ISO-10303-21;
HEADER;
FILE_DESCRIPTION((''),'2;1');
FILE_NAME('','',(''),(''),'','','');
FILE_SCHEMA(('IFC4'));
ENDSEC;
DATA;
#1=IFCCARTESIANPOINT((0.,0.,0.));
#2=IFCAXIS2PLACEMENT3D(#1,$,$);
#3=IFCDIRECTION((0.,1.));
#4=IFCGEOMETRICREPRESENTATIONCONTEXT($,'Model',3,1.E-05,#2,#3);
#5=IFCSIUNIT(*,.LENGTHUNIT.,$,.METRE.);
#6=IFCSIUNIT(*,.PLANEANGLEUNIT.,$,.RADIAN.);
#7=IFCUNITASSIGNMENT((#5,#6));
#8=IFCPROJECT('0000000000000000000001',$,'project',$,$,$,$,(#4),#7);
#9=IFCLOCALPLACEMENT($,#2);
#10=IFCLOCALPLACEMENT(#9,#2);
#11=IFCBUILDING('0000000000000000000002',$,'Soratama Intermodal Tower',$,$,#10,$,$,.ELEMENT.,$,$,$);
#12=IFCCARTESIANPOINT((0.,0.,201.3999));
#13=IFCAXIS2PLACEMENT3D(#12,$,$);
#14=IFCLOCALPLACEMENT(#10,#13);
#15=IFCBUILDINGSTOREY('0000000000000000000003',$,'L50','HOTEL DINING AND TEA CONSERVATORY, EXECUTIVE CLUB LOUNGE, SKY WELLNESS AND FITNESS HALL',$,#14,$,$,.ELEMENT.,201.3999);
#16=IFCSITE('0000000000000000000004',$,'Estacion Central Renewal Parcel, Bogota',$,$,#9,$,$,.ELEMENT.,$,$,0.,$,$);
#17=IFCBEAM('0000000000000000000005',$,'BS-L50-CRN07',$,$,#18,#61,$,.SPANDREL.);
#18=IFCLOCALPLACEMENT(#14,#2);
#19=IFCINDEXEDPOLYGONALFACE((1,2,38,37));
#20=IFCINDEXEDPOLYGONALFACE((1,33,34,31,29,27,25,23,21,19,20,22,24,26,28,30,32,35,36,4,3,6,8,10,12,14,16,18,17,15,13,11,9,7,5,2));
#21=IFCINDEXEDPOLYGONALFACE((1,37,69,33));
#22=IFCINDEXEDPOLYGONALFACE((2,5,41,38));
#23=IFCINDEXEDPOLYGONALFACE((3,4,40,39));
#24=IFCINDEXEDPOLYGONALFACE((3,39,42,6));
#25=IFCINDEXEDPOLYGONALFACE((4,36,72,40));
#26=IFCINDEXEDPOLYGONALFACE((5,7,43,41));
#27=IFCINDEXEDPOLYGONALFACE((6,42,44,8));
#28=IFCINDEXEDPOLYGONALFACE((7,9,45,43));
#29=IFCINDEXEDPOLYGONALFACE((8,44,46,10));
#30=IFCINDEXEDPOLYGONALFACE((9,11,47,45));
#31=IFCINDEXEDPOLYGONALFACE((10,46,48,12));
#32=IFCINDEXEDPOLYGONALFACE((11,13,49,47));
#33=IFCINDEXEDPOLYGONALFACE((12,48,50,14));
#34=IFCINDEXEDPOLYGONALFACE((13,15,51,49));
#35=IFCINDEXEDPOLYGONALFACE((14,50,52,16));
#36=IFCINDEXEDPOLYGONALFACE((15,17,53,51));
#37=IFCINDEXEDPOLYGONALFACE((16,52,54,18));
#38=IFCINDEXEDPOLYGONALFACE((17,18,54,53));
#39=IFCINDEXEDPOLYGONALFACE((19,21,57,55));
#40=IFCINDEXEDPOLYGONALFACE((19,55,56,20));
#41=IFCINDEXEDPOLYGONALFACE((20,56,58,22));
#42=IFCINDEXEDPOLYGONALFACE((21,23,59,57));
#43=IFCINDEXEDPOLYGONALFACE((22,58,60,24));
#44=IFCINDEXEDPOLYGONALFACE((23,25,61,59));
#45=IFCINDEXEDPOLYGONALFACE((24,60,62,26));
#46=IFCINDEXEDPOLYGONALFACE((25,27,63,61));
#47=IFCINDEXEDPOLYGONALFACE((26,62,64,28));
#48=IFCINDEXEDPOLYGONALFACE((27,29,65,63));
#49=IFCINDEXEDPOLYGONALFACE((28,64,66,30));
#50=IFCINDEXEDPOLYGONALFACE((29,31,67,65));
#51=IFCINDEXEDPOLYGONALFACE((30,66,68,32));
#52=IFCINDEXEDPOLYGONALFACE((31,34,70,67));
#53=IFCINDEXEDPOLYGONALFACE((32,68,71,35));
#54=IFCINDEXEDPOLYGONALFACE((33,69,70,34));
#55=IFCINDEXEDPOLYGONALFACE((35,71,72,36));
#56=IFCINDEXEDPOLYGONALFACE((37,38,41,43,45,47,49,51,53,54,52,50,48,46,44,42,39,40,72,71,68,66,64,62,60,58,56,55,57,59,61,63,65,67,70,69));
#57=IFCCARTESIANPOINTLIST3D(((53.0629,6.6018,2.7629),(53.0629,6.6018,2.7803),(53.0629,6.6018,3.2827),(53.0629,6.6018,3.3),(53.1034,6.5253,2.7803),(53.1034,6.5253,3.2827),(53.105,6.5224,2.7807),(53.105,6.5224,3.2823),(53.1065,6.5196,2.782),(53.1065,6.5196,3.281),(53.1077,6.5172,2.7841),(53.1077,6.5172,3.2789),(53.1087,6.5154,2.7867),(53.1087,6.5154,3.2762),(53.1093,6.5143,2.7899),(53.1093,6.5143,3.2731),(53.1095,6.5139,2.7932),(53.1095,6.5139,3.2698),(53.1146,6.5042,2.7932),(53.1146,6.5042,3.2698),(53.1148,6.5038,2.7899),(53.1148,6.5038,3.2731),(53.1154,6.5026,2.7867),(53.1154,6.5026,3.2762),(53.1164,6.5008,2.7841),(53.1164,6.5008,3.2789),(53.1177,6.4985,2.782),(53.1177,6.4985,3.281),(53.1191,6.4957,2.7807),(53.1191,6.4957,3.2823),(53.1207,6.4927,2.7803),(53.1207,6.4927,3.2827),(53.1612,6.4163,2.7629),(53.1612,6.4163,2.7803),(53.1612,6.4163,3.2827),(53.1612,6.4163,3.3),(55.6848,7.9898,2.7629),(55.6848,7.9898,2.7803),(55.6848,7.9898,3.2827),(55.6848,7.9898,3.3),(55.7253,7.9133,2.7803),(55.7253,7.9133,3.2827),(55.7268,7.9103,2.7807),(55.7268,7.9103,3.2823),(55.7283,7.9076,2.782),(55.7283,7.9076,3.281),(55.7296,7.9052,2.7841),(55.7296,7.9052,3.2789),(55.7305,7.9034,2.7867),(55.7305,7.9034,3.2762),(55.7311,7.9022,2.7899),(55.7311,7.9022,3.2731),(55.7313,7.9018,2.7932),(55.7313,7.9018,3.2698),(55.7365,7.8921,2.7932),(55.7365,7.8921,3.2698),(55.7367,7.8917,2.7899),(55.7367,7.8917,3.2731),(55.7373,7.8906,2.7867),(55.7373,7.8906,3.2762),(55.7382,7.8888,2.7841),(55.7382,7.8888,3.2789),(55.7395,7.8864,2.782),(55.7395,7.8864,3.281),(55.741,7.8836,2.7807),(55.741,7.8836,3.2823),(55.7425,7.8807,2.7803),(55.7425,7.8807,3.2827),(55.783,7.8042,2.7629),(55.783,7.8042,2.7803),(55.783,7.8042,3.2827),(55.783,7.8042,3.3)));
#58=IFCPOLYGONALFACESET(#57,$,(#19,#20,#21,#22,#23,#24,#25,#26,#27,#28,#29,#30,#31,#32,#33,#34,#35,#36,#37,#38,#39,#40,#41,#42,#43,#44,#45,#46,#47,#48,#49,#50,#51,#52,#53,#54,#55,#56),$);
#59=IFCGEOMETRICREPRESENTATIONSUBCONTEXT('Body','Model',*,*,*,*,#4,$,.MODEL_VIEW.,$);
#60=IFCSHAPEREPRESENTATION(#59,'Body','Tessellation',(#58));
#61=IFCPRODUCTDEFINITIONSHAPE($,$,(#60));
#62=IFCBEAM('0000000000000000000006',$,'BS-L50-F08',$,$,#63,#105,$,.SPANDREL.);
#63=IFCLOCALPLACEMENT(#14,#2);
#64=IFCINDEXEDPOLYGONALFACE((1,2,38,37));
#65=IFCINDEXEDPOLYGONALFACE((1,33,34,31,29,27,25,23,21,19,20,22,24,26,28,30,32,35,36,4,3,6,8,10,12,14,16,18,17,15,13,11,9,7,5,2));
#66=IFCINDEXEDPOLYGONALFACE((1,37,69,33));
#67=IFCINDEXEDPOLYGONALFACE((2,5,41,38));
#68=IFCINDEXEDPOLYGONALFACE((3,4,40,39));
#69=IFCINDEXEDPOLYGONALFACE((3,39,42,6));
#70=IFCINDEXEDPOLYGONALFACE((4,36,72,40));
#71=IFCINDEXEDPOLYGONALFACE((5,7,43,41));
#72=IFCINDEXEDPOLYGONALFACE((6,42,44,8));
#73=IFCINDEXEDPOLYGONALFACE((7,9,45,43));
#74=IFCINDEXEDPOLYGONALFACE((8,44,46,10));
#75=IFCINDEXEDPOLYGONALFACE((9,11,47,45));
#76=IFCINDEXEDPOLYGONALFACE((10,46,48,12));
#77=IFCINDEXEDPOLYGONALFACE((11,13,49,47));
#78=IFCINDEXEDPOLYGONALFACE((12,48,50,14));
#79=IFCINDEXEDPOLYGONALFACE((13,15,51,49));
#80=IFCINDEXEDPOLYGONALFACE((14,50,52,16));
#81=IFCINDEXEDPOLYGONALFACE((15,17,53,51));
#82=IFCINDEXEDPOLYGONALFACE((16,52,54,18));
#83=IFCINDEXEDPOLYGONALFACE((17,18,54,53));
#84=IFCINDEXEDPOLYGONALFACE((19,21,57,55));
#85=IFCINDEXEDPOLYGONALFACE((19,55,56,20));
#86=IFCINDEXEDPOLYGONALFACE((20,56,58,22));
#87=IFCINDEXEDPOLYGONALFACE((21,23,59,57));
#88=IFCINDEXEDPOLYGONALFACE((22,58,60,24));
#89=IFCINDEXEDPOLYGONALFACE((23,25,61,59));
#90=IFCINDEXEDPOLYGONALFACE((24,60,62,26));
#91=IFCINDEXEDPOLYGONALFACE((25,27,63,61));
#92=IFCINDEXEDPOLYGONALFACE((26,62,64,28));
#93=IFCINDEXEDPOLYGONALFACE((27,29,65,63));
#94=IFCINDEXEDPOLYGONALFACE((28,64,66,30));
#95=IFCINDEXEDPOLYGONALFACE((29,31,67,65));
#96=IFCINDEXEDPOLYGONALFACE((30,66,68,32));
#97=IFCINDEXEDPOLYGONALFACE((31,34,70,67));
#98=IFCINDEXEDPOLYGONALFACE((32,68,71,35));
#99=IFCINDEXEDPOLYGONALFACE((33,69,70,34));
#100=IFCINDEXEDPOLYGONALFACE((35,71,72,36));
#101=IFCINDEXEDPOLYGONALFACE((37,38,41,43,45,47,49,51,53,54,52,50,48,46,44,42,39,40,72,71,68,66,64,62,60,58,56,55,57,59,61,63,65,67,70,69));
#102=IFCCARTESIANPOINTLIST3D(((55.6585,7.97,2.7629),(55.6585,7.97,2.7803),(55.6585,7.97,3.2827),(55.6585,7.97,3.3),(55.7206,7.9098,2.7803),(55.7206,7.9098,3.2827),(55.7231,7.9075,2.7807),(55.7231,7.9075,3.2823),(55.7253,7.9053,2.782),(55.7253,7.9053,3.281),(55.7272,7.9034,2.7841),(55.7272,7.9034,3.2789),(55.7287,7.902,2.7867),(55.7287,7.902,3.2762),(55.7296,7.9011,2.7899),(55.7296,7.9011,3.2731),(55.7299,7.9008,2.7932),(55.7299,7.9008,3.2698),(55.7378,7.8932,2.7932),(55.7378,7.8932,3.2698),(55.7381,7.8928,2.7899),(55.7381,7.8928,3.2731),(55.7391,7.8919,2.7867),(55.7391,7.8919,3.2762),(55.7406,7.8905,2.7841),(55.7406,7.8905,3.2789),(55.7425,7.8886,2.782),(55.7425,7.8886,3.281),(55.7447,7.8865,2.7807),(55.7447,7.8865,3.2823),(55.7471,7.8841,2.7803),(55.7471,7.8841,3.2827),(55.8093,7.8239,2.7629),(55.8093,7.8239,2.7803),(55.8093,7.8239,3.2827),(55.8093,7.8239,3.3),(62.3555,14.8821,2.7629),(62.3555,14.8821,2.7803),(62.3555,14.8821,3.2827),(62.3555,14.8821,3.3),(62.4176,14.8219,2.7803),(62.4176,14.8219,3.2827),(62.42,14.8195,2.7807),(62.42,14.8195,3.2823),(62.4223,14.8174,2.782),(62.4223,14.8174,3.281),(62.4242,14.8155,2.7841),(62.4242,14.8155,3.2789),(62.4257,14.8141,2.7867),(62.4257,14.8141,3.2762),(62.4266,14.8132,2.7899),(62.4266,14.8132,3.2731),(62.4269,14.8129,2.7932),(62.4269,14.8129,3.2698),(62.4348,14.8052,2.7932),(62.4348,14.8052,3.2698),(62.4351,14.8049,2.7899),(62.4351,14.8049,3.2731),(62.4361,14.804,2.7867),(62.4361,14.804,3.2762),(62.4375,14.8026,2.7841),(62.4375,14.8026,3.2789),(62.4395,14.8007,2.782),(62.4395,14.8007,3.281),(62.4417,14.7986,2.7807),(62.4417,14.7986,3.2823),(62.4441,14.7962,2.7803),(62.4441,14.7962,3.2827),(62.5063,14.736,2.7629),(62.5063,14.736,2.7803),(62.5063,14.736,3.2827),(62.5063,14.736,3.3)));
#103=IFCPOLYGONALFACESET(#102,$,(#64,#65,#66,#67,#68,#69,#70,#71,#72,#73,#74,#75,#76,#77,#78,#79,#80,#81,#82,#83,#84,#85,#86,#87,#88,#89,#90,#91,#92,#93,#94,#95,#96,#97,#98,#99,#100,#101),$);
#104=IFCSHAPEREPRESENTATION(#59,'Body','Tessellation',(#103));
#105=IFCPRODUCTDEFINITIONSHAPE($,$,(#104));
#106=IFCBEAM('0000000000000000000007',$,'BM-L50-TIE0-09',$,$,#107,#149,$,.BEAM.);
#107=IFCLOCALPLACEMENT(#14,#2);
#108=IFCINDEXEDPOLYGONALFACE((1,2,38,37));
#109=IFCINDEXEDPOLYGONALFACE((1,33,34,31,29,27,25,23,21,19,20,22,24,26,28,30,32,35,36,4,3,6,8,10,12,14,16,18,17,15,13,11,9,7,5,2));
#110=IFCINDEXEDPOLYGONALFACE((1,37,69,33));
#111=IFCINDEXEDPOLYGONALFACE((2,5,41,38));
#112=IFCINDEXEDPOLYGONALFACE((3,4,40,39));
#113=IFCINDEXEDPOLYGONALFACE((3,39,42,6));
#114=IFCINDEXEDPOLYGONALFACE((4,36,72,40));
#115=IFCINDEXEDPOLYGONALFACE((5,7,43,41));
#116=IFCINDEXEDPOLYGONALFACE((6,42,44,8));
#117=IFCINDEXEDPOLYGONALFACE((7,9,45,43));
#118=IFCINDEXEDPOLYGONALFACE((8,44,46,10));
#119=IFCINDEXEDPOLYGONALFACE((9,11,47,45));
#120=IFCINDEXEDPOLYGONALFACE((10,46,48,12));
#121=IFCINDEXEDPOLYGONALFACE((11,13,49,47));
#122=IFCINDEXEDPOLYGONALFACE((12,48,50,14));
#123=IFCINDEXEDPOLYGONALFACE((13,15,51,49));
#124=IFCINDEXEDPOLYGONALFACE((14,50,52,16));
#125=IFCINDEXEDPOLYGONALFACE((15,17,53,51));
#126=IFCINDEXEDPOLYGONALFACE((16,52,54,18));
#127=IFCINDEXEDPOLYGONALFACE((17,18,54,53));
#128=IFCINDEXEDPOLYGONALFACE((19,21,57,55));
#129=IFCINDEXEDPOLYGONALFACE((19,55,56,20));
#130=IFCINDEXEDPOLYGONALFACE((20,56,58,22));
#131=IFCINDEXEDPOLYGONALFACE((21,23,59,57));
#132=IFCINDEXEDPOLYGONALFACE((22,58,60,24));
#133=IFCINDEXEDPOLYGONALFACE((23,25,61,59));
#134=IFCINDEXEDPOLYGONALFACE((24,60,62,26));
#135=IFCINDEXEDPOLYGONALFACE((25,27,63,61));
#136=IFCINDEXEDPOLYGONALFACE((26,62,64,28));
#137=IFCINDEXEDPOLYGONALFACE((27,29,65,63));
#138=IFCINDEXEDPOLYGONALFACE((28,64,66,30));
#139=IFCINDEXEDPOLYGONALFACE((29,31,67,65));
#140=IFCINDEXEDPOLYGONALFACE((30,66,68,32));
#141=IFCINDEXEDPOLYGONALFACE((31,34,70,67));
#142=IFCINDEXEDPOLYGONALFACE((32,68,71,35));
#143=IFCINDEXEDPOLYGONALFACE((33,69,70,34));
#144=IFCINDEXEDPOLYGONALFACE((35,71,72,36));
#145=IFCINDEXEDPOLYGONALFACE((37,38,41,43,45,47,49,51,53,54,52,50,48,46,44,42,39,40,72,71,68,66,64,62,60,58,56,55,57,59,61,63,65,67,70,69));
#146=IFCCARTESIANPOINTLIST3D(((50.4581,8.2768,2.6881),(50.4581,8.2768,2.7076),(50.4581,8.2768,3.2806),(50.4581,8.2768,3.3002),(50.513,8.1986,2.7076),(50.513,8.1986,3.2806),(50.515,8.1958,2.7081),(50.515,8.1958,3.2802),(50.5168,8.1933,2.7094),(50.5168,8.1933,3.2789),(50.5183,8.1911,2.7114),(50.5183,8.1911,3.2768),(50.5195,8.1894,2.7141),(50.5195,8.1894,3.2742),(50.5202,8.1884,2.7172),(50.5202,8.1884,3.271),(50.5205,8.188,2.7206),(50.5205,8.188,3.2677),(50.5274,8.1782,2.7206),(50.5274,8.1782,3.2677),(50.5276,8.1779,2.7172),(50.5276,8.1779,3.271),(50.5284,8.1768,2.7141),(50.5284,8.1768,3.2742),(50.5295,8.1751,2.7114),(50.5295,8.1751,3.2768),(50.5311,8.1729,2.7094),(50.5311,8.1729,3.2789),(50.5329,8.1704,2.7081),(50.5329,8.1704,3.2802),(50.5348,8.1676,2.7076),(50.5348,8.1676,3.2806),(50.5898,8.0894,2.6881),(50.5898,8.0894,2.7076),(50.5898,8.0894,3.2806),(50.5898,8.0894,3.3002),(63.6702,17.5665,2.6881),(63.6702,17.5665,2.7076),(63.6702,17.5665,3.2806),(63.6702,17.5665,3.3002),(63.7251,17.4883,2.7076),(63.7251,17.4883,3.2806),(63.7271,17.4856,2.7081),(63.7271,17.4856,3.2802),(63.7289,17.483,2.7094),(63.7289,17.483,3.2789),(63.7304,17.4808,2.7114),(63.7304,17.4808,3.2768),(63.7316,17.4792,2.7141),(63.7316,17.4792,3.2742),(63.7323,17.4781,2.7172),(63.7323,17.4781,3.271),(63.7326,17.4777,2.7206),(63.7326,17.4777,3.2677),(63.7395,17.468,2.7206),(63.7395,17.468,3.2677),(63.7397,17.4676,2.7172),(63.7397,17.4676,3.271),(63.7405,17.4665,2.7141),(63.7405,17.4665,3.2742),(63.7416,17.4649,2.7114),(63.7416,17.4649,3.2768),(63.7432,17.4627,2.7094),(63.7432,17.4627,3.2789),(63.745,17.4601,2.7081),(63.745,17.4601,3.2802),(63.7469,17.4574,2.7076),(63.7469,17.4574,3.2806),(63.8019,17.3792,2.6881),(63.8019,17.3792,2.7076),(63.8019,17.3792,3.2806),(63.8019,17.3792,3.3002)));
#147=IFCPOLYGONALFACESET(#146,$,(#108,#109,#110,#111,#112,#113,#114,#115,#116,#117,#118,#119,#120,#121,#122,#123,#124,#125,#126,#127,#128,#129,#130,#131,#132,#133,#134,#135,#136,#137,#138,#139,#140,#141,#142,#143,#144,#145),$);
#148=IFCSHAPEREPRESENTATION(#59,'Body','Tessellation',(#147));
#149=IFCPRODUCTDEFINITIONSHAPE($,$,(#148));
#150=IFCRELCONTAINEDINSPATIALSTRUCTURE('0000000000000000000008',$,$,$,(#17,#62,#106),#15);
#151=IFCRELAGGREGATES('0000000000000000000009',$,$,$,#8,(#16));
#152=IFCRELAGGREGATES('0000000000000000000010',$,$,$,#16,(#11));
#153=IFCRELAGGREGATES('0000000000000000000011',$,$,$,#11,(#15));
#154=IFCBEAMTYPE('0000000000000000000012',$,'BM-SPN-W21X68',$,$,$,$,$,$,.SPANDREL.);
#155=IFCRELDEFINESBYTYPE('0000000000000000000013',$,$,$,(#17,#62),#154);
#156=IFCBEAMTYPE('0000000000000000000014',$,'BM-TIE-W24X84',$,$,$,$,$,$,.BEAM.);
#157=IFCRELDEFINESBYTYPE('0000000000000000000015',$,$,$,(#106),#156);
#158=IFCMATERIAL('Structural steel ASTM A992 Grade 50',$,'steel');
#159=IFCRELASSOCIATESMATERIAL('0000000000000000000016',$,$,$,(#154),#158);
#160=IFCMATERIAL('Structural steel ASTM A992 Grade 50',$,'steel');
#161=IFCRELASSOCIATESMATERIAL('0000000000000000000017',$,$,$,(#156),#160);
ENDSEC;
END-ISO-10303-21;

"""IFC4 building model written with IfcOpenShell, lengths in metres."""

from ifc_helpers import new_model, si_unit, direction, frame, origin, origin_2d, place, context, subcontext, project, spatial, i_section, extrude, material, material_profile, profile_set, type_object, element, save


model = new_model("IFC4")

# Units and contexts
model_context = context("Model", 3, precision=1e-05, world=origin(), true_north=direction((0.0, 1.0)))
body_context = subcontext(model_context, "Body", "Model", "MODEL_VIEW")
ifc_project = project(units=[si_unit("LENGTHUNIT", "METRE"), si_unit("PLANEANGLEUNIT", "RADIAN")], contexts=[model_context])

# Site, building, storey
site_placement = place(None, origin())
site = spatial("IfcSite", under=ifc_project, at=site_placement, Name="Estacion Central Renewal Parcel, Bogota", CompositionType="ELEMENT", RefElevation=0.0)
building_placement = place(site_placement, origin())
building = spatial("IfcBuilding", under=site, at=building_placement, Name="Soratama Intermodal Tower", CompositionType="ELEMENT")
storey_placement = place(building_placement, frame((0.0, 0.0, 201.3999)))
storey = spatial("IfcBuildingStorey", under=building, at=storey_placement, Name="L50", Description="HOTEL DINING AND TEA CONSERVATORY, EXECUTIVE CLUB LOUNGE, SKY WELLNESS AND FITNESS HALL", CompositionType="ELEMENT", Elevation=201.3999)

# Beams
ifc_material_1 = material(Name="Structural steel ASTM A992 Grade 50", Category="steel")
ifc_material_profile_1 = material_profile(ifc_material_1, i_section(OverallWidth=0.21, OverallDepth=0.5371, WebThickness=0.011, FlangeThickness=0.0173, FilletRadius=0.0129, at=origin_2d()), Name="W21X68")
ifc_profile_set_1 = profile_set([ifc_material_profile_1], Name="Structural steel ASTM A992 Grade 50")
beam_type_1 = type_object("IfcBeamType", Name="BM-SPN-W21X68", PredefinedType="SPANDREL", material=ifc_profile_set_1)
beam_1_placement = place(storey_placement, frame((53.1121, 6.509, 3.0315), z_axis=(0.8838, 0.467865, 0.0), x_axis=(-0.467865, 0.8838, 0.0)))
element("IfcBeam", 1, at=beam_1_placement, inside=storey, type_object=beam_type_1, Name="BS-L50-CRN07", PredefinedType="SPANDREL", context=body_context, shape_type="SweptSolid", body=[
    extrude(i_section(OverallWidth=0.21, OverallDepth=0.5371, WebThickness=0.011, FlangeThickness=0.0173, FilletRadius=0.0129, at=origin_2d()), origin(), (0.0, 0.0, 1.0), 2.9666),
])
beam_2_placement = place(storey_placement, frame((55.7339, 7.897, 3.0315), z_axis=(0.695844, 0.718193, 0.0), x_axis=(-0.718193, 0.695844, 0.0)))
element("IfcBeam", 2, at=beam_2_placement, inside=storey, type_object=beam_type_1, Name="BS-L50-F08", PredefinedType="SPANDREL", context=body_context, shape_type="SweptSolid", body=[
    extrude(i_section(OverallWidth=0.21, OverallDepth=0.5371, WebThickness=0.011, FlangeThickness=0.0173, FilletRadius=0.0129, at=origin_2d()), origin(), (0.0, 0.0, 1.0), 9.6243),
])
ifc_material_2 = material(Name="Structural steel ASTM A992 Grade 50", Category="steel")
ifc_material_profile_2 = material_profile(ifc_material_2, i_section(OverallWidth=0.229, OverallDepth=0.6121, WebThickness=0.012, FlangeThickness=0.0195, FilletRadius=0.0129, at=origin_2d()), Name="W24X84")
ifc_profile_set_2 = profile_set([ifc_material_profile_2], Name="Structural steel ASTM A992 Grade 50")
beam_type_2 = type_object("IfcBeamType", Name="BM-TIE-W24X84", PredefinedType="BEAM", material=ifc_profile_set_2)
beam_3_placement = place(storey_placement, frame((50.5239, 8.1831, 2.9941), z_axis=(0.818029, 0.575177, 0.0), x_axis=(-0.575177, 0.818029, 0.0)))
element("IfcBeam", 3, at=beam_3_placement, inside=storey, type_object=beam_type_2, Name="BM-L50-TIE0-09", PredefinedType="BEAM", context=body_context, shape_type="SweptSolid", body=[
    extrude(i_section(OverallWidth=0.229, OverallDepth=0.6121, WebThickness=0.012, FlangeThickness=0.0195, FilletRadius=0.0129, at=origin_2d()), origin(), (0.0, 0.0, 1.0), 16.1511),
])

save(model, "model.ifc")
